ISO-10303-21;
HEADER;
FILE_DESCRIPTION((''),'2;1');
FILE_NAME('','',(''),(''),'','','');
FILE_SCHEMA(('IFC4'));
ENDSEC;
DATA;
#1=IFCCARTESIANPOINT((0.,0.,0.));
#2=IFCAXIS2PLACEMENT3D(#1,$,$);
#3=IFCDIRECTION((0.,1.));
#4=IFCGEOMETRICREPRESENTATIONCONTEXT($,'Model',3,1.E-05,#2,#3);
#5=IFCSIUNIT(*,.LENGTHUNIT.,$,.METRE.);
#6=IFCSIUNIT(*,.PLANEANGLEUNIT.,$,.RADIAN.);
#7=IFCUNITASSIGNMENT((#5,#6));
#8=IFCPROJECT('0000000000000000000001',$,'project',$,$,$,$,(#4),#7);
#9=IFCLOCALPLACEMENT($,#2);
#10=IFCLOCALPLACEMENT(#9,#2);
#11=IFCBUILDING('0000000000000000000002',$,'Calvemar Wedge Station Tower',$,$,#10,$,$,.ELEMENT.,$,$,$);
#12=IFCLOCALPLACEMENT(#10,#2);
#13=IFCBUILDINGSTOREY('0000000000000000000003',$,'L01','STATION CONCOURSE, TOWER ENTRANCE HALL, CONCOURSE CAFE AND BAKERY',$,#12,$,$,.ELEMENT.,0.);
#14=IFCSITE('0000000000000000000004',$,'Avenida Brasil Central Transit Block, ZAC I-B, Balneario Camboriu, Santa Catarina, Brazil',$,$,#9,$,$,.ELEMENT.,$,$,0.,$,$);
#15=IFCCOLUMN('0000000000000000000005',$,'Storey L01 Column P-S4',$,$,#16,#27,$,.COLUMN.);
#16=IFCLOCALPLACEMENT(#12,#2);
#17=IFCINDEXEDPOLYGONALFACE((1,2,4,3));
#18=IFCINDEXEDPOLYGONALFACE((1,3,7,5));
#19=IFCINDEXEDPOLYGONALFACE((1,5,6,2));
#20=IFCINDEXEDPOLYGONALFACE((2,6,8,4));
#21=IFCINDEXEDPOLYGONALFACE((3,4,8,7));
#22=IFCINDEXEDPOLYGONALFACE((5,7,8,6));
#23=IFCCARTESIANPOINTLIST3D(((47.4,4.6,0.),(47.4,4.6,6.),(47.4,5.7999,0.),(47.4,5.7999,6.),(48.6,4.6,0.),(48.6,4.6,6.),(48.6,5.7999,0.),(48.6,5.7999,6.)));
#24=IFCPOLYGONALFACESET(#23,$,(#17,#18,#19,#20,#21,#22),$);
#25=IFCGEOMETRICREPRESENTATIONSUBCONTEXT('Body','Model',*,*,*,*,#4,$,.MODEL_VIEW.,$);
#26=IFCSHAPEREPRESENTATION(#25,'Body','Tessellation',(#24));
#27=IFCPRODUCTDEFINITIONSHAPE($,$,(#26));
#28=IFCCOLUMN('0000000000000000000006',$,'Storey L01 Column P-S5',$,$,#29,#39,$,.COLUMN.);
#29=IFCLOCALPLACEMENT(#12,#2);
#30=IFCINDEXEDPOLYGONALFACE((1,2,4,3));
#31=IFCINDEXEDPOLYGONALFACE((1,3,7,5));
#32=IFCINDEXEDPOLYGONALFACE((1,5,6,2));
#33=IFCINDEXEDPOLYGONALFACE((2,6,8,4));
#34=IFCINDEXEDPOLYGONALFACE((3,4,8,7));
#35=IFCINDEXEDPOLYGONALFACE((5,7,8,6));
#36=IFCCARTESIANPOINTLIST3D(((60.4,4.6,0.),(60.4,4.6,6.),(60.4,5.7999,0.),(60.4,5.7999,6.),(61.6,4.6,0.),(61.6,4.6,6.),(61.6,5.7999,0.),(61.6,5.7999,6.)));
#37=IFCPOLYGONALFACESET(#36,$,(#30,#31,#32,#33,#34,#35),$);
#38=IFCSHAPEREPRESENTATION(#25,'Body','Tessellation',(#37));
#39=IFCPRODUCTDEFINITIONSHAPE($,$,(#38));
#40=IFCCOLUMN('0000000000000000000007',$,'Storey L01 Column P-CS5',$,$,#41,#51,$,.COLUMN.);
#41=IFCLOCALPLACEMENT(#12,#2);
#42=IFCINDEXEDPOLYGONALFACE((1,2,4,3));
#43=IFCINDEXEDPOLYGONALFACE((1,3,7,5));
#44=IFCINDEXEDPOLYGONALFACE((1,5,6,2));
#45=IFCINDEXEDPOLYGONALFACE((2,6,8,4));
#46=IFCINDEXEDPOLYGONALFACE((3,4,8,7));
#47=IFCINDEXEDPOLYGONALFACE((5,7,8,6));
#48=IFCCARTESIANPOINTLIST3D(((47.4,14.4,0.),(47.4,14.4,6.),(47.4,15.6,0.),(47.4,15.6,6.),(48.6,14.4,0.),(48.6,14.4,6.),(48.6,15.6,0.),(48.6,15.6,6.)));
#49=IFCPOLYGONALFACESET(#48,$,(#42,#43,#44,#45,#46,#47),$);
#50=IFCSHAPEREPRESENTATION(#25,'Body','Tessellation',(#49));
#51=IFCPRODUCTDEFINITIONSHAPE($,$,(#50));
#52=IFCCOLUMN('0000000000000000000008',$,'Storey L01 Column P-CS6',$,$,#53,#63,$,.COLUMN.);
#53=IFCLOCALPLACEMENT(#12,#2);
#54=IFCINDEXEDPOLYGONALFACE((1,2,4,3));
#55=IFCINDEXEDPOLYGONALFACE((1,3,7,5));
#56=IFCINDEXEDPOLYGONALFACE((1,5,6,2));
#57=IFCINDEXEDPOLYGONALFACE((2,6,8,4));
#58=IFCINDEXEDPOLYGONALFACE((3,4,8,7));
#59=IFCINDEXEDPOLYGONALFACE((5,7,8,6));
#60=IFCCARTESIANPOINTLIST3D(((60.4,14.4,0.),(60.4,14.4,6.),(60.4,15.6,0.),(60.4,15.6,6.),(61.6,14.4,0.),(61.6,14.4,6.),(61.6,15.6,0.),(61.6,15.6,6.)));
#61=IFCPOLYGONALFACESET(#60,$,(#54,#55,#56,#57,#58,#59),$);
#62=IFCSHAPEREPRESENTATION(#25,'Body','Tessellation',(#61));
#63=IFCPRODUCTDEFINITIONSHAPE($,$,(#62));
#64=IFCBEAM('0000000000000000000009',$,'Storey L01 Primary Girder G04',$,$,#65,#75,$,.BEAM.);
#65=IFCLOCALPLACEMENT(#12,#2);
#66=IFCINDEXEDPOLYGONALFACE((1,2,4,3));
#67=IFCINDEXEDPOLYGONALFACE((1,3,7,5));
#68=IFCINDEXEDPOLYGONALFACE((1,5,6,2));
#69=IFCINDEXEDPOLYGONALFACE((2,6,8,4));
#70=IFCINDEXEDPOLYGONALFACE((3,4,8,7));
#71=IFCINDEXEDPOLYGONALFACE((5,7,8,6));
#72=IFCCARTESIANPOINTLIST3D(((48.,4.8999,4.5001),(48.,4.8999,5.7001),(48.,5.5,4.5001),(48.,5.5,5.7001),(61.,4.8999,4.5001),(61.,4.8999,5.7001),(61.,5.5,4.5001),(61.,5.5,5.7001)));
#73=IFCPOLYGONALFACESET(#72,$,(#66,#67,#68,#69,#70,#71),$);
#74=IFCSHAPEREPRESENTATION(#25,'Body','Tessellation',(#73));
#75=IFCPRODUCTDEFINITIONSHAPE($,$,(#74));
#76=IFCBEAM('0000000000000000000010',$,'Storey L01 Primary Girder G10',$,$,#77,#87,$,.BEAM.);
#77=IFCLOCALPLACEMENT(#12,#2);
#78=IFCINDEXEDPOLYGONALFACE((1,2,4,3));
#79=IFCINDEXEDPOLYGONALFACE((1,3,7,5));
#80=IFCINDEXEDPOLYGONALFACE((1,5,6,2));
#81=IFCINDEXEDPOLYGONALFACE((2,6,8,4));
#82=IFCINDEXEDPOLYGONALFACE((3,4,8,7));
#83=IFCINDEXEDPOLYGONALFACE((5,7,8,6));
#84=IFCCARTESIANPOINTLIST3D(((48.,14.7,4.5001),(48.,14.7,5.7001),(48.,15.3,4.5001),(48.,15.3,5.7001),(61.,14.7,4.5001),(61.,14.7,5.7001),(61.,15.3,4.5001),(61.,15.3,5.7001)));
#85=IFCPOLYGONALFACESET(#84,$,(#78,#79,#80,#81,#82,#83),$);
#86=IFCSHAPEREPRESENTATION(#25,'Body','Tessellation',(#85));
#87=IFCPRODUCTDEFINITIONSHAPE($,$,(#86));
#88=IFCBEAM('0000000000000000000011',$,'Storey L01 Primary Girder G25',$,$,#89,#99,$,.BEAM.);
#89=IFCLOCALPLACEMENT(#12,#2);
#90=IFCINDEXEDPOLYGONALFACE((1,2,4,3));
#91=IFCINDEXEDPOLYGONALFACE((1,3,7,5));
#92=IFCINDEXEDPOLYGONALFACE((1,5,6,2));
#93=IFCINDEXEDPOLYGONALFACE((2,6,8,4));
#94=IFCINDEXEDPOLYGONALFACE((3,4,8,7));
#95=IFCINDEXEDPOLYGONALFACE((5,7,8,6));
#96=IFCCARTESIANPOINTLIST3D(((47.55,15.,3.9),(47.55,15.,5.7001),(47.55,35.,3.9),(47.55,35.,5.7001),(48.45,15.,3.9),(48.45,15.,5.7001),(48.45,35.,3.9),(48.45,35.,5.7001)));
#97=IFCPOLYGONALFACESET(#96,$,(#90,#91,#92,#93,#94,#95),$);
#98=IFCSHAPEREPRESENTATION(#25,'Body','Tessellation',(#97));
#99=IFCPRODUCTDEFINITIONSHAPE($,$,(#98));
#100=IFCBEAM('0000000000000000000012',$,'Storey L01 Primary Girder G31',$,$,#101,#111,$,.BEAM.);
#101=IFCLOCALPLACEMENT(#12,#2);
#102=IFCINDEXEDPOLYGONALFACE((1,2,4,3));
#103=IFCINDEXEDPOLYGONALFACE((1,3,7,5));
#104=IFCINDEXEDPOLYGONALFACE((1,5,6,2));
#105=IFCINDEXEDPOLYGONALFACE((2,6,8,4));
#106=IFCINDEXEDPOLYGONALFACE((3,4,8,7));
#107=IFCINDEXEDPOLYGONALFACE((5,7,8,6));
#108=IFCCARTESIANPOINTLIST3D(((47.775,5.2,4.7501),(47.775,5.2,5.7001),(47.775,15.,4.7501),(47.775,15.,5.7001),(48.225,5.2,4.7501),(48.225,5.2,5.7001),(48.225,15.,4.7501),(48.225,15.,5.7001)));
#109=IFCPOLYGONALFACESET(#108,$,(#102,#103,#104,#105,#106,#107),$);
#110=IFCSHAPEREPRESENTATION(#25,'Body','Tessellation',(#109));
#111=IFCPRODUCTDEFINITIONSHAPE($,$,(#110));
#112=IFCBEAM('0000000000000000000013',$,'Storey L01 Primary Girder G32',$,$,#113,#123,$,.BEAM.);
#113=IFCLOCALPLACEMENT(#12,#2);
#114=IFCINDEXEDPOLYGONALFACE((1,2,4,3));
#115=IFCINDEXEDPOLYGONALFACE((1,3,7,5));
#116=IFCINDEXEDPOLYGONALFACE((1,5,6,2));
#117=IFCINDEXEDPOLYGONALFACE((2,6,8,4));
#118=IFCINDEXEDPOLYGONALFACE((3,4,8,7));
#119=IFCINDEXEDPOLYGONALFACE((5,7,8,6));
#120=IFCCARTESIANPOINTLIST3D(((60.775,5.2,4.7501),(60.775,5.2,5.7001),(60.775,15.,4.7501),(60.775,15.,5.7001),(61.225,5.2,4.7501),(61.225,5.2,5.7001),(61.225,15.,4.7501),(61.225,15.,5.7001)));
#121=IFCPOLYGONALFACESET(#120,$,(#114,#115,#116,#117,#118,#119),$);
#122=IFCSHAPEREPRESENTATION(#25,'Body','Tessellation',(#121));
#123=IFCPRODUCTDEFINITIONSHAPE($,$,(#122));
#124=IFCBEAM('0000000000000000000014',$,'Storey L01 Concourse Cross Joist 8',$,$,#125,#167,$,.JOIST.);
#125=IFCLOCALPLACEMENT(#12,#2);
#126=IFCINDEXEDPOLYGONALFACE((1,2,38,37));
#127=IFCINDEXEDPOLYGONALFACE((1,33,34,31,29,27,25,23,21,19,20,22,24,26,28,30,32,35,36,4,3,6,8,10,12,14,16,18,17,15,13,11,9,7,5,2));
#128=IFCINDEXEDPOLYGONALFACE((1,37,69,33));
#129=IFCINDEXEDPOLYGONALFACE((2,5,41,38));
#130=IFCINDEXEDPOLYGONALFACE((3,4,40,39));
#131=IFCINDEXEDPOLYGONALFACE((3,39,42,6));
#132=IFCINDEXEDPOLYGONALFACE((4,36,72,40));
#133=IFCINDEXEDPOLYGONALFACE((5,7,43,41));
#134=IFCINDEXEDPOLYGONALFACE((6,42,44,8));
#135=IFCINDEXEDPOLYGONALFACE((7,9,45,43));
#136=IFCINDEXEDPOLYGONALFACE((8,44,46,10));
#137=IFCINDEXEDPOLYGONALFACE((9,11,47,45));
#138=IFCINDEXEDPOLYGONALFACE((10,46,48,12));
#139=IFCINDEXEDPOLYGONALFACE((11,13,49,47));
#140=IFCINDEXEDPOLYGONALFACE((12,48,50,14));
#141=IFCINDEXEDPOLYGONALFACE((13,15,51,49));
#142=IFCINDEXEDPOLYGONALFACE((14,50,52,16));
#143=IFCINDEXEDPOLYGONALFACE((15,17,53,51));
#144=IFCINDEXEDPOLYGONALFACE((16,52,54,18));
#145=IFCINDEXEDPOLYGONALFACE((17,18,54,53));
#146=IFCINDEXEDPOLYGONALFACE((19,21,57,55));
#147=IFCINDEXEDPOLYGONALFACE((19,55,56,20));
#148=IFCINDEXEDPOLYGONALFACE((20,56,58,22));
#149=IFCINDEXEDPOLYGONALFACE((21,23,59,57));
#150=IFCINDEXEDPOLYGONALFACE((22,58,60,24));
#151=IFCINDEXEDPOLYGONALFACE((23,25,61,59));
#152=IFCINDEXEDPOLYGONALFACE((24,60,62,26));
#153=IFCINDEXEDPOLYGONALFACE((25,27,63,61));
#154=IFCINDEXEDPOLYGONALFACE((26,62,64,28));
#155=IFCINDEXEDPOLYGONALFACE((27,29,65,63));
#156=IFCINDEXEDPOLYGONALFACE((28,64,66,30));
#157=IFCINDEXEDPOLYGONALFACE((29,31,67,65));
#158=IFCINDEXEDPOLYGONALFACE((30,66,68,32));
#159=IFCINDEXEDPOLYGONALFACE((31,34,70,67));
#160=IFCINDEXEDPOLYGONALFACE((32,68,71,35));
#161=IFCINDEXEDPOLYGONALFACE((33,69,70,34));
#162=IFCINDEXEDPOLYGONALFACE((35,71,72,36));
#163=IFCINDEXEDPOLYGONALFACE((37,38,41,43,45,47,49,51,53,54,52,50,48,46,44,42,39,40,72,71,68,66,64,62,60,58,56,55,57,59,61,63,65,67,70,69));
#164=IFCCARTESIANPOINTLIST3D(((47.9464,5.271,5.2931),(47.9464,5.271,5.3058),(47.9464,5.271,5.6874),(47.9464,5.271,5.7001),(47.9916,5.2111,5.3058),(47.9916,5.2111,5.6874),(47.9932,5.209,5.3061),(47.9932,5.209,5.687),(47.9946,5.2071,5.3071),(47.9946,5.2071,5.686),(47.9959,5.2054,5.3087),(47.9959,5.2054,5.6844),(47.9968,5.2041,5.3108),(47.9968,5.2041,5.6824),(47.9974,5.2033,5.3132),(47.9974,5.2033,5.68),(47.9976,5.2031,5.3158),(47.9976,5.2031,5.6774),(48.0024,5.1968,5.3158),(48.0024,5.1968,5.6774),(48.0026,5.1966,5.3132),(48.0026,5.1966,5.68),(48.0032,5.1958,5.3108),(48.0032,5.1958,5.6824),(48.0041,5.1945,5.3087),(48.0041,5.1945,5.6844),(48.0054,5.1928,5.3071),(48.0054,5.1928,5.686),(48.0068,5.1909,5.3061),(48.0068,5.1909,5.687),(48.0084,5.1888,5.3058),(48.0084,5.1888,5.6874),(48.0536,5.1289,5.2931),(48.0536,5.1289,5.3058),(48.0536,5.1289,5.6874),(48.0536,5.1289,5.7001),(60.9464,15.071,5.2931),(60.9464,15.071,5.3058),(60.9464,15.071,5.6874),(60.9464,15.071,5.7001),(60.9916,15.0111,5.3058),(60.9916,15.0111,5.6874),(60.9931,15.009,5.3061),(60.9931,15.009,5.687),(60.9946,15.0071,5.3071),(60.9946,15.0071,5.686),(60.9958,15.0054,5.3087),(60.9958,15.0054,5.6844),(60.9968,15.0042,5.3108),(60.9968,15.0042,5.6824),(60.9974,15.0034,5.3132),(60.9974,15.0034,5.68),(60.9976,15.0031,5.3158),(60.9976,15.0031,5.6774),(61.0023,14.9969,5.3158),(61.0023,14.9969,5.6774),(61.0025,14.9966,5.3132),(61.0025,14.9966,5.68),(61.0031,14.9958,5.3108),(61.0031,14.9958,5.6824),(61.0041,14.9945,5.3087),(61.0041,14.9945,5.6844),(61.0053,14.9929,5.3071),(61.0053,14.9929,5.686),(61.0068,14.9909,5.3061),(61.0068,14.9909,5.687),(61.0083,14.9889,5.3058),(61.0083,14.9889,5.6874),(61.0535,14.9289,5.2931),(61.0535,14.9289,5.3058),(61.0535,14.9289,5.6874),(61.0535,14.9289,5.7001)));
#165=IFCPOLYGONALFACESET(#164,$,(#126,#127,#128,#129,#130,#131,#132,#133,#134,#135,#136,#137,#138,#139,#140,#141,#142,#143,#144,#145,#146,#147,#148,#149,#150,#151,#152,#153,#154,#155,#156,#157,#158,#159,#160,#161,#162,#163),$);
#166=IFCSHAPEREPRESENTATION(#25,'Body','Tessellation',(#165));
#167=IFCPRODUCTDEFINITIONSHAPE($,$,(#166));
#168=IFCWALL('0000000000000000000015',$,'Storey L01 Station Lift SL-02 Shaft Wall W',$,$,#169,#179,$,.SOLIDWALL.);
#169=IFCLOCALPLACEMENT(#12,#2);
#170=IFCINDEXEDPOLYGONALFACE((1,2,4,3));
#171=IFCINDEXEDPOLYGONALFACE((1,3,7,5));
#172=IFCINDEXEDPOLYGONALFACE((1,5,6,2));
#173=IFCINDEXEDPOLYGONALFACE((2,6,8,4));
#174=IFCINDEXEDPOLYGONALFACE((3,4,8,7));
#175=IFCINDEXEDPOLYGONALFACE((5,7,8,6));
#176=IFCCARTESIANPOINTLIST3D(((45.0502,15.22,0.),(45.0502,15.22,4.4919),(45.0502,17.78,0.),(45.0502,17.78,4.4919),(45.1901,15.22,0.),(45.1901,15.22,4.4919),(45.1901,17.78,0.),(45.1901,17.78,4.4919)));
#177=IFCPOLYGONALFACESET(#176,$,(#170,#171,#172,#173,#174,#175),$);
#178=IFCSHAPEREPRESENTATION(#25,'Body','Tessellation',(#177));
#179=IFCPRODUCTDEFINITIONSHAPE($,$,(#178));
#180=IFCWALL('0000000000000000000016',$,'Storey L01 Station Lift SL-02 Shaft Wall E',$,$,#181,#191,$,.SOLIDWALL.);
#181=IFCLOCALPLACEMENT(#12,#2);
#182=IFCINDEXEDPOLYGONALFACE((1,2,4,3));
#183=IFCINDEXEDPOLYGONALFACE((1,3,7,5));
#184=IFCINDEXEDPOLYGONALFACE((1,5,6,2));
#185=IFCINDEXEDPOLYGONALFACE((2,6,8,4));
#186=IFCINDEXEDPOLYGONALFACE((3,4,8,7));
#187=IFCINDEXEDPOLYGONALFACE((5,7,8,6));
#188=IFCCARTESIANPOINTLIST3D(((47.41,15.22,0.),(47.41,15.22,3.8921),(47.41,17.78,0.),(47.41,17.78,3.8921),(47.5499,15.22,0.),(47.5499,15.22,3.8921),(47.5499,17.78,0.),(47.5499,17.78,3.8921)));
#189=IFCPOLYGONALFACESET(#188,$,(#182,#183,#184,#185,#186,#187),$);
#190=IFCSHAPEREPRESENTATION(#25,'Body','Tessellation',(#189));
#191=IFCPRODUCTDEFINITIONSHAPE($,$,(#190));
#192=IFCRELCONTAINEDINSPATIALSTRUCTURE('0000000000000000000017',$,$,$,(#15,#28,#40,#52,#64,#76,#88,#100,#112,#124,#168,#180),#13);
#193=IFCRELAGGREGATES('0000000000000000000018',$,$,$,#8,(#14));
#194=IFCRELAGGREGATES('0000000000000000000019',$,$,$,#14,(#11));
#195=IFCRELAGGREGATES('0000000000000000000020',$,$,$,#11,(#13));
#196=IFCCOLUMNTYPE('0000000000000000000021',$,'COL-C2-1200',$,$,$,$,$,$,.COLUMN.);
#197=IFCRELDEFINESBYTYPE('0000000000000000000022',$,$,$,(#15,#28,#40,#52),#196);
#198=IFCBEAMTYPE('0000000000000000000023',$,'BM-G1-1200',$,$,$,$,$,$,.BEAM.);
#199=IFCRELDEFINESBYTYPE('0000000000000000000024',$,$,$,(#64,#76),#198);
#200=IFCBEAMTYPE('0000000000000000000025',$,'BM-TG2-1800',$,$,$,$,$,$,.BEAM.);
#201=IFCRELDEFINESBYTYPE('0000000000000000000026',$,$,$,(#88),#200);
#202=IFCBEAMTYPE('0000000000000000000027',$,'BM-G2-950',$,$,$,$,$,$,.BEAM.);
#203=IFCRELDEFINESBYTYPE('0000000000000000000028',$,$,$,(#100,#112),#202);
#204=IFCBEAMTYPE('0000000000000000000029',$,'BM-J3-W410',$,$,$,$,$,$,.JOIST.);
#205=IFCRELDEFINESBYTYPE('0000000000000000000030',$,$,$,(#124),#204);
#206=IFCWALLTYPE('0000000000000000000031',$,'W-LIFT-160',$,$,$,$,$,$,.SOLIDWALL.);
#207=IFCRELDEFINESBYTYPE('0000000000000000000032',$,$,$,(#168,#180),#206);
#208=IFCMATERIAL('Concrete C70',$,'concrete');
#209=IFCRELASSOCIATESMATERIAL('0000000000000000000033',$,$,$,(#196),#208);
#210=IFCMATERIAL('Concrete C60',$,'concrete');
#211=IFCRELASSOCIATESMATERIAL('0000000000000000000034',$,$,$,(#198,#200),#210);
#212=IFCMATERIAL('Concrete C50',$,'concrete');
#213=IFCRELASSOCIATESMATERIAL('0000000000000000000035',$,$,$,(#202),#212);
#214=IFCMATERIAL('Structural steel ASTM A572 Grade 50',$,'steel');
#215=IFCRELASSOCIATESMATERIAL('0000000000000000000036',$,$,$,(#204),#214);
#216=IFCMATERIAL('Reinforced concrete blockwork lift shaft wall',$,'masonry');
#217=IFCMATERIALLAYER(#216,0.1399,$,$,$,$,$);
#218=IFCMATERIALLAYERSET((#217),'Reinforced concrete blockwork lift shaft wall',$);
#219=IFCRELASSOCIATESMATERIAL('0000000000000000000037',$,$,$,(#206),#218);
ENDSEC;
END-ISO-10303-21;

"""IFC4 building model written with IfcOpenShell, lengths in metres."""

from ifc_helpers import new_model, si_unit, direction, frame, frame_2d, origin, origin_2d, place, context, subcontext, project, spatial, rectangle, i_section, extrude, source, transform, mapped, material, layer, layer_set, material_profile, profile_set, type_object, element, save


model = new_model("IFC4")

# Units and contexts
model_context = context("Model", 3, precision=1e-05, world=origin(), true_north=direction((0.0, 1.0)))
body_context = subcontext(model_context, "Body", "Model", "MODEL_VIEW")
ifc_project = project(units=[si_unit("LENGTHUNIT", "METRE"), si_unit("PLANEANGLEUNIT", "RADIAN")], contexts=[model_context])

# Site, building, storey
site_placement = place(None, origin())
site = spatial("IfcSite", under=ifc_project, at=site_placement, Name="Avenida Brasil Central Transit Block, ZAC I-B, Balneario Camboriu, Santa Catarina, Brazil", CompositionType="ELEMENT", RefElevation=0.0)
building_placement = place(site_placement, origin())
building = spatial("IfcBuilding", under=site, at=building_placement, Name="Calvemar Wedge Station Tower", CompositionType="ELEMENT")
storey_placement = place(building_placement, origin())
storey = spatial("IfcBuildingStorey", under=building, at=storey_placement, Name="L01", Description="STATION CONCOURSE, TOWER ENTRANCE HALL, CONCOURSE CAFE AND BAKERY", CompositionType="ELEMENT", Elevation=0.0)

# Columns
ifc_material_1 = material(Name="Concrete C70", Category="concrete")
ifc_material_profile_1 = material_profile(ifc_material_1, rectangle(XDim=1.2, YDim=1.2, at=origin_2d()), Name="RC1200x1200")
ifc_profile_set_1 = profile_set([ifc_material_profile_1], Name="Concrete C70")
column_type = type_object("IfcColumnType", Name="COL-C2-1200", PredefinedType="COLUMN", material=ifc_profile_set_1)
shared_shape_1 = source(origin(), body_context, "Body", "SweptSolid", [
    extrude(rectangle(XDim=1.2, YDim=1.2, at=origin_2d()), origin(), (0.0, 0.0, 1.0), 6.0),
])
for number, where, z_axis, x_axis, name in (
    (1, (48.0, 5.2, 0.0), (0.0, 0.0, 1.0), (1.0, 0.0, 0.0), "Storey L01 Column P-S4"),
    (2, (61.0, 5.2, 0.0), (0.0, 0.0, 1.0), (1.0, 0.0, 0.0), "Storey L01 Column P-S5"),
    (3, (48.0, 15.0, 0.0), (0.0, 0.0, 1.0), (1.0, 0.0, 0.0), "Storey L01 Column P-CS5"),
    (4, (61.0, 15.0, 0.0), (0.0, 0.0, 1.0), (1.0, 0.0, 0.0), "Storey L01 Column P-CS6"),
):
    element("IfcColumn", number, at=place(storey_placement, frame(where, z_axis=z_axis, x_axis=x_axis)), inside=storey, type_object=column_type, Name=name, PredefinedType="COLUMN", context=body_context, shape_type="MappedRepresentation", body=[
        mapped(shared_shape_1, transform((0.0, 0.0, 0.0), scale=1.0)),
    ])

# Beams
ifc_material_2 = material(Name="Concrete C60", Category="concrete")
ifc_material_profile_2 = material_profile(ifc_material_2, rectangle(XDim=0.6001, YDim=1.2, at=origin_2d()), Name="RC600x1200")
ifc_profile_set_2 = profile_set([ifc_material_profile_2], Name="Concrete C60")
beam_type_1 = type_object("IfcBeamType", Name="BM-G1-1200", PredefinedType="BEAM", material=ifc_profile_set_2)
shared_shape_2 = source(origin(), body_context, "Body", "SweptSolid", [
    extrude(rectangle(XDim=0.6001, YDim=1.2, at=origin_2d()), origin(), (0.0, 0.0, 1.0), 13.0),
])
for number, where, z_axis, x_axis, name in (
    (5, (48.0, 5.2, 5.1001), (1.0, 0.0, 0.0), (0.0, 1.0, 0.0), "Storey L01 Primary Girder G04"),
    (6, (48.0, 15.0, 5.1001), (1.0, 0.0, 0.0), (0.0, 1.0, 0.0), "Storey L01 Primary Girder G10"),
):
    element("IfcBeam", number, at=place(storey_placement, frame(where, z_axis=z_axis, x_axis=x_axis)), inside=storey, type_object=beam_type_1, Name=name, PredefinedType="BEAM", context=body_context, shape_type="MappedRepresentation", body=[
        mapped(shared_shape_2, transform((0.0, 0.0, 0.0), scale=1.0)),
    ])
ifc_material_profile_3 = material_profile(ifc_material_2, rectangle(XDim=0.8999, YDim=1.8, at=origin_2d()), Name="RC900x1800")
ifc_profile_set_3 = profile_set([ifc_material_profile_3], Name="Concrete C60")
beam_type_2 = type_object("IfcBeamType", Name="BM-TG2-1800", PredefinedType="BEAM", material=ifc_profile_set_3)
shared_shape_3 = source(origin(), body_context, "Body", "SweptSolid", [
    extrude(rectangle(XDim=0.8999, YDim=1.8, at=origin_2d()), origin(), (0.0, 0.0, 1.0), 20.0),
])
beam_1_placement = place(storey_placement, frame((48.0, 15.0, 4.8), z_axis=(0.0, 1.0, 0.0), x_axis=(-1.0, 0.0, 0.0)))
element("IfcBeam", 7, at=beam_1_placement, inside=storey, type_object=beam_type_2, Name="Storey L01 Primary Girder G25", PredefinedType="BEAM", context=body_context, shape_type="MappedRepresentation", body=[
    mapped(shared_shape_3, transform((0.0, 0.0, 0.0), scale=1.0)),
])
ifc_material_3 = material(Name="Concrete C50", Category="concrete")
ifc_material_profile_4 = material_profile(ifc_material_3, rectangle(XDim=0.45, YDim=0.95, at=origin_2d()), Name="RC450x950")
ifc_profile_set_4 = profile_set([ifc_material_profile_4], Name="Concrete C50")
beam_type_3 = type_object("IfcBeamType", Name="BM-G2-950", PredefinedType="BEAM", material=ifc_profile_set_4)
shared_shape_4 = source(origin(), body_context, "Body", "SweptSolid", [
    extrude(rectangle(XDim=0.45, YDim=0.95, at=origin_2d()), origin(), (0.0, 0.0, 1.0), 9.8),
])
for number, where, z_axis, x_axis, name in (
    (8, (48.0, 5.2, 5.2251), (0.0, 1.0, 0.0), (-1.0, 0.0, 0.0), "Storey L01 Primary Girder G31"),
    (9, (61.0, 5.2, 5.2251), (0.0, 1.0, 0.0), (-1.0, 0.0, 0.0), "Storey L01 Primary Girder G32"),
):
    element("IfcBeam", number, at=place(storey_placement, frame(where, z_axis=z_axis, x_axis=x_axis)), inside=storey, type_object=beam_type_3, Name=name, PredefinedType="BEAM", context=body_context, shape_type="MappedRepresentation", body=[
        mapped(shared_shape_4, transform((0.0, 0.0, 0.0), scale=1.0)),
    ])
ifc_material_4 = material(Name="Structural steel ASTM A572 Grade 50", Category="steel")
ifc_material_profile_5 = material_profile(ifc_material_4, i_section(OverallWidth=0.178, OverallDepth=0.407, WebThickness=0.0078, FlangeThickness=0.0127, FilletRadius=0.01, at=origin_2d()), Name="W410x60")
ifc_profile_set_5 = profile_set([ifc_material_profile_5], Name="Structural steel ASTM A572 Grade 50")
beam_type_4 = type_object("IfcBeamType", Name="BM-J3-W410", PredefinedType="JOIST", material=ifc_profile_set_5)
shared_shape_5 = source(origin(), body_context, "Body", "SweptSolid", [
    extrude(i_section(OverallWidth=0.178, OverallDepth=0.407, WebThickness=0.0078, FlangeThickness=0.0127, FilletRadius=0.01, at=origin_2d()), origin(), (0.0, 0.0, 1.0), 16.28),
])
beam_2_placement = place(storey_placement, frame((48.0, 5.2, 5.4966), z_axis=(0.798522, 0.601966, 0.0), x_axis=(-0.601966, 0.798522, 0.0)))
element("IfcBeam", 10, at=beam_2_placement, inside=storey, type_object=beam_type_4, Name="Storey L01 Concourse Cross Joist 8", PredefinedType="JOIST", context=body_context, shape_type="MappedRepresentation", body=[
    mapped(shared_shape_5, transform((0.0, 0.0, 0.0), scale=1.0)),
])

# Shared definitions
ifc_material_5 = material(Name="Reinforced concrete blockwork lift shaft wall", Category="masonry")
ifc_layer_1 = layer(ifc_material_5, 0.1399)
ifc_layer_set_1 = layer_set([ifc_layer_1], Name="Reinforced concrete blockwork lift shaft wall")
wall_type_1 = type_object("IfcWallType", Name="W-LIFT-160", PredefinedType="SOLIDWALL", material=ifc_layer_set_1)

# Walls
wall_1_placement = place(storey_placement, frame((45.1201, 15.22, 0.0), z_axis=(0.0, 0.0, 1.0), x_axis=(0.0, 1.0, 0.0)))
element("IfcWall", 11, at=wall_1_placement, inside=storey, type_object=wall_type_1, Name="Storey L01 Station Lift SL-02 Shaft Wall W", PredefinedType="SOLIDWALL", context=body_context, shape_type="SweptSolid", body=[
    extrude(rectangle(XDim=2.5601, YDim=0.1399, at=frame_2d((1.28, 0.0))), origin(), (0.0, 0.0, 1.0), 4.4919),
])
wall_2_placement = place(storey_placement, frame((47.48, 15.22, 0.0), z_axis=(0.0, 0.0, 1.0), x_axis=(0.0, 1.0, 0.0)))
element("IfcWall", 12, at=wall_2_placement, inside=storey, type_object=wall_type_1, Name="Storey L01 Station Lift SL-02 Shaft Wall E", PredefinedType="SOLIDWALL", context=body_context, shape_type="SweptSolid", body=[
    extrude(rectangle(XDim=2.5601, YDim=0.1399, at=frame_2d((1.28, 0.0))), origin(), (0.0, 0.0, 1.0), 3.8921),
])

save(model, "model.ifc")
